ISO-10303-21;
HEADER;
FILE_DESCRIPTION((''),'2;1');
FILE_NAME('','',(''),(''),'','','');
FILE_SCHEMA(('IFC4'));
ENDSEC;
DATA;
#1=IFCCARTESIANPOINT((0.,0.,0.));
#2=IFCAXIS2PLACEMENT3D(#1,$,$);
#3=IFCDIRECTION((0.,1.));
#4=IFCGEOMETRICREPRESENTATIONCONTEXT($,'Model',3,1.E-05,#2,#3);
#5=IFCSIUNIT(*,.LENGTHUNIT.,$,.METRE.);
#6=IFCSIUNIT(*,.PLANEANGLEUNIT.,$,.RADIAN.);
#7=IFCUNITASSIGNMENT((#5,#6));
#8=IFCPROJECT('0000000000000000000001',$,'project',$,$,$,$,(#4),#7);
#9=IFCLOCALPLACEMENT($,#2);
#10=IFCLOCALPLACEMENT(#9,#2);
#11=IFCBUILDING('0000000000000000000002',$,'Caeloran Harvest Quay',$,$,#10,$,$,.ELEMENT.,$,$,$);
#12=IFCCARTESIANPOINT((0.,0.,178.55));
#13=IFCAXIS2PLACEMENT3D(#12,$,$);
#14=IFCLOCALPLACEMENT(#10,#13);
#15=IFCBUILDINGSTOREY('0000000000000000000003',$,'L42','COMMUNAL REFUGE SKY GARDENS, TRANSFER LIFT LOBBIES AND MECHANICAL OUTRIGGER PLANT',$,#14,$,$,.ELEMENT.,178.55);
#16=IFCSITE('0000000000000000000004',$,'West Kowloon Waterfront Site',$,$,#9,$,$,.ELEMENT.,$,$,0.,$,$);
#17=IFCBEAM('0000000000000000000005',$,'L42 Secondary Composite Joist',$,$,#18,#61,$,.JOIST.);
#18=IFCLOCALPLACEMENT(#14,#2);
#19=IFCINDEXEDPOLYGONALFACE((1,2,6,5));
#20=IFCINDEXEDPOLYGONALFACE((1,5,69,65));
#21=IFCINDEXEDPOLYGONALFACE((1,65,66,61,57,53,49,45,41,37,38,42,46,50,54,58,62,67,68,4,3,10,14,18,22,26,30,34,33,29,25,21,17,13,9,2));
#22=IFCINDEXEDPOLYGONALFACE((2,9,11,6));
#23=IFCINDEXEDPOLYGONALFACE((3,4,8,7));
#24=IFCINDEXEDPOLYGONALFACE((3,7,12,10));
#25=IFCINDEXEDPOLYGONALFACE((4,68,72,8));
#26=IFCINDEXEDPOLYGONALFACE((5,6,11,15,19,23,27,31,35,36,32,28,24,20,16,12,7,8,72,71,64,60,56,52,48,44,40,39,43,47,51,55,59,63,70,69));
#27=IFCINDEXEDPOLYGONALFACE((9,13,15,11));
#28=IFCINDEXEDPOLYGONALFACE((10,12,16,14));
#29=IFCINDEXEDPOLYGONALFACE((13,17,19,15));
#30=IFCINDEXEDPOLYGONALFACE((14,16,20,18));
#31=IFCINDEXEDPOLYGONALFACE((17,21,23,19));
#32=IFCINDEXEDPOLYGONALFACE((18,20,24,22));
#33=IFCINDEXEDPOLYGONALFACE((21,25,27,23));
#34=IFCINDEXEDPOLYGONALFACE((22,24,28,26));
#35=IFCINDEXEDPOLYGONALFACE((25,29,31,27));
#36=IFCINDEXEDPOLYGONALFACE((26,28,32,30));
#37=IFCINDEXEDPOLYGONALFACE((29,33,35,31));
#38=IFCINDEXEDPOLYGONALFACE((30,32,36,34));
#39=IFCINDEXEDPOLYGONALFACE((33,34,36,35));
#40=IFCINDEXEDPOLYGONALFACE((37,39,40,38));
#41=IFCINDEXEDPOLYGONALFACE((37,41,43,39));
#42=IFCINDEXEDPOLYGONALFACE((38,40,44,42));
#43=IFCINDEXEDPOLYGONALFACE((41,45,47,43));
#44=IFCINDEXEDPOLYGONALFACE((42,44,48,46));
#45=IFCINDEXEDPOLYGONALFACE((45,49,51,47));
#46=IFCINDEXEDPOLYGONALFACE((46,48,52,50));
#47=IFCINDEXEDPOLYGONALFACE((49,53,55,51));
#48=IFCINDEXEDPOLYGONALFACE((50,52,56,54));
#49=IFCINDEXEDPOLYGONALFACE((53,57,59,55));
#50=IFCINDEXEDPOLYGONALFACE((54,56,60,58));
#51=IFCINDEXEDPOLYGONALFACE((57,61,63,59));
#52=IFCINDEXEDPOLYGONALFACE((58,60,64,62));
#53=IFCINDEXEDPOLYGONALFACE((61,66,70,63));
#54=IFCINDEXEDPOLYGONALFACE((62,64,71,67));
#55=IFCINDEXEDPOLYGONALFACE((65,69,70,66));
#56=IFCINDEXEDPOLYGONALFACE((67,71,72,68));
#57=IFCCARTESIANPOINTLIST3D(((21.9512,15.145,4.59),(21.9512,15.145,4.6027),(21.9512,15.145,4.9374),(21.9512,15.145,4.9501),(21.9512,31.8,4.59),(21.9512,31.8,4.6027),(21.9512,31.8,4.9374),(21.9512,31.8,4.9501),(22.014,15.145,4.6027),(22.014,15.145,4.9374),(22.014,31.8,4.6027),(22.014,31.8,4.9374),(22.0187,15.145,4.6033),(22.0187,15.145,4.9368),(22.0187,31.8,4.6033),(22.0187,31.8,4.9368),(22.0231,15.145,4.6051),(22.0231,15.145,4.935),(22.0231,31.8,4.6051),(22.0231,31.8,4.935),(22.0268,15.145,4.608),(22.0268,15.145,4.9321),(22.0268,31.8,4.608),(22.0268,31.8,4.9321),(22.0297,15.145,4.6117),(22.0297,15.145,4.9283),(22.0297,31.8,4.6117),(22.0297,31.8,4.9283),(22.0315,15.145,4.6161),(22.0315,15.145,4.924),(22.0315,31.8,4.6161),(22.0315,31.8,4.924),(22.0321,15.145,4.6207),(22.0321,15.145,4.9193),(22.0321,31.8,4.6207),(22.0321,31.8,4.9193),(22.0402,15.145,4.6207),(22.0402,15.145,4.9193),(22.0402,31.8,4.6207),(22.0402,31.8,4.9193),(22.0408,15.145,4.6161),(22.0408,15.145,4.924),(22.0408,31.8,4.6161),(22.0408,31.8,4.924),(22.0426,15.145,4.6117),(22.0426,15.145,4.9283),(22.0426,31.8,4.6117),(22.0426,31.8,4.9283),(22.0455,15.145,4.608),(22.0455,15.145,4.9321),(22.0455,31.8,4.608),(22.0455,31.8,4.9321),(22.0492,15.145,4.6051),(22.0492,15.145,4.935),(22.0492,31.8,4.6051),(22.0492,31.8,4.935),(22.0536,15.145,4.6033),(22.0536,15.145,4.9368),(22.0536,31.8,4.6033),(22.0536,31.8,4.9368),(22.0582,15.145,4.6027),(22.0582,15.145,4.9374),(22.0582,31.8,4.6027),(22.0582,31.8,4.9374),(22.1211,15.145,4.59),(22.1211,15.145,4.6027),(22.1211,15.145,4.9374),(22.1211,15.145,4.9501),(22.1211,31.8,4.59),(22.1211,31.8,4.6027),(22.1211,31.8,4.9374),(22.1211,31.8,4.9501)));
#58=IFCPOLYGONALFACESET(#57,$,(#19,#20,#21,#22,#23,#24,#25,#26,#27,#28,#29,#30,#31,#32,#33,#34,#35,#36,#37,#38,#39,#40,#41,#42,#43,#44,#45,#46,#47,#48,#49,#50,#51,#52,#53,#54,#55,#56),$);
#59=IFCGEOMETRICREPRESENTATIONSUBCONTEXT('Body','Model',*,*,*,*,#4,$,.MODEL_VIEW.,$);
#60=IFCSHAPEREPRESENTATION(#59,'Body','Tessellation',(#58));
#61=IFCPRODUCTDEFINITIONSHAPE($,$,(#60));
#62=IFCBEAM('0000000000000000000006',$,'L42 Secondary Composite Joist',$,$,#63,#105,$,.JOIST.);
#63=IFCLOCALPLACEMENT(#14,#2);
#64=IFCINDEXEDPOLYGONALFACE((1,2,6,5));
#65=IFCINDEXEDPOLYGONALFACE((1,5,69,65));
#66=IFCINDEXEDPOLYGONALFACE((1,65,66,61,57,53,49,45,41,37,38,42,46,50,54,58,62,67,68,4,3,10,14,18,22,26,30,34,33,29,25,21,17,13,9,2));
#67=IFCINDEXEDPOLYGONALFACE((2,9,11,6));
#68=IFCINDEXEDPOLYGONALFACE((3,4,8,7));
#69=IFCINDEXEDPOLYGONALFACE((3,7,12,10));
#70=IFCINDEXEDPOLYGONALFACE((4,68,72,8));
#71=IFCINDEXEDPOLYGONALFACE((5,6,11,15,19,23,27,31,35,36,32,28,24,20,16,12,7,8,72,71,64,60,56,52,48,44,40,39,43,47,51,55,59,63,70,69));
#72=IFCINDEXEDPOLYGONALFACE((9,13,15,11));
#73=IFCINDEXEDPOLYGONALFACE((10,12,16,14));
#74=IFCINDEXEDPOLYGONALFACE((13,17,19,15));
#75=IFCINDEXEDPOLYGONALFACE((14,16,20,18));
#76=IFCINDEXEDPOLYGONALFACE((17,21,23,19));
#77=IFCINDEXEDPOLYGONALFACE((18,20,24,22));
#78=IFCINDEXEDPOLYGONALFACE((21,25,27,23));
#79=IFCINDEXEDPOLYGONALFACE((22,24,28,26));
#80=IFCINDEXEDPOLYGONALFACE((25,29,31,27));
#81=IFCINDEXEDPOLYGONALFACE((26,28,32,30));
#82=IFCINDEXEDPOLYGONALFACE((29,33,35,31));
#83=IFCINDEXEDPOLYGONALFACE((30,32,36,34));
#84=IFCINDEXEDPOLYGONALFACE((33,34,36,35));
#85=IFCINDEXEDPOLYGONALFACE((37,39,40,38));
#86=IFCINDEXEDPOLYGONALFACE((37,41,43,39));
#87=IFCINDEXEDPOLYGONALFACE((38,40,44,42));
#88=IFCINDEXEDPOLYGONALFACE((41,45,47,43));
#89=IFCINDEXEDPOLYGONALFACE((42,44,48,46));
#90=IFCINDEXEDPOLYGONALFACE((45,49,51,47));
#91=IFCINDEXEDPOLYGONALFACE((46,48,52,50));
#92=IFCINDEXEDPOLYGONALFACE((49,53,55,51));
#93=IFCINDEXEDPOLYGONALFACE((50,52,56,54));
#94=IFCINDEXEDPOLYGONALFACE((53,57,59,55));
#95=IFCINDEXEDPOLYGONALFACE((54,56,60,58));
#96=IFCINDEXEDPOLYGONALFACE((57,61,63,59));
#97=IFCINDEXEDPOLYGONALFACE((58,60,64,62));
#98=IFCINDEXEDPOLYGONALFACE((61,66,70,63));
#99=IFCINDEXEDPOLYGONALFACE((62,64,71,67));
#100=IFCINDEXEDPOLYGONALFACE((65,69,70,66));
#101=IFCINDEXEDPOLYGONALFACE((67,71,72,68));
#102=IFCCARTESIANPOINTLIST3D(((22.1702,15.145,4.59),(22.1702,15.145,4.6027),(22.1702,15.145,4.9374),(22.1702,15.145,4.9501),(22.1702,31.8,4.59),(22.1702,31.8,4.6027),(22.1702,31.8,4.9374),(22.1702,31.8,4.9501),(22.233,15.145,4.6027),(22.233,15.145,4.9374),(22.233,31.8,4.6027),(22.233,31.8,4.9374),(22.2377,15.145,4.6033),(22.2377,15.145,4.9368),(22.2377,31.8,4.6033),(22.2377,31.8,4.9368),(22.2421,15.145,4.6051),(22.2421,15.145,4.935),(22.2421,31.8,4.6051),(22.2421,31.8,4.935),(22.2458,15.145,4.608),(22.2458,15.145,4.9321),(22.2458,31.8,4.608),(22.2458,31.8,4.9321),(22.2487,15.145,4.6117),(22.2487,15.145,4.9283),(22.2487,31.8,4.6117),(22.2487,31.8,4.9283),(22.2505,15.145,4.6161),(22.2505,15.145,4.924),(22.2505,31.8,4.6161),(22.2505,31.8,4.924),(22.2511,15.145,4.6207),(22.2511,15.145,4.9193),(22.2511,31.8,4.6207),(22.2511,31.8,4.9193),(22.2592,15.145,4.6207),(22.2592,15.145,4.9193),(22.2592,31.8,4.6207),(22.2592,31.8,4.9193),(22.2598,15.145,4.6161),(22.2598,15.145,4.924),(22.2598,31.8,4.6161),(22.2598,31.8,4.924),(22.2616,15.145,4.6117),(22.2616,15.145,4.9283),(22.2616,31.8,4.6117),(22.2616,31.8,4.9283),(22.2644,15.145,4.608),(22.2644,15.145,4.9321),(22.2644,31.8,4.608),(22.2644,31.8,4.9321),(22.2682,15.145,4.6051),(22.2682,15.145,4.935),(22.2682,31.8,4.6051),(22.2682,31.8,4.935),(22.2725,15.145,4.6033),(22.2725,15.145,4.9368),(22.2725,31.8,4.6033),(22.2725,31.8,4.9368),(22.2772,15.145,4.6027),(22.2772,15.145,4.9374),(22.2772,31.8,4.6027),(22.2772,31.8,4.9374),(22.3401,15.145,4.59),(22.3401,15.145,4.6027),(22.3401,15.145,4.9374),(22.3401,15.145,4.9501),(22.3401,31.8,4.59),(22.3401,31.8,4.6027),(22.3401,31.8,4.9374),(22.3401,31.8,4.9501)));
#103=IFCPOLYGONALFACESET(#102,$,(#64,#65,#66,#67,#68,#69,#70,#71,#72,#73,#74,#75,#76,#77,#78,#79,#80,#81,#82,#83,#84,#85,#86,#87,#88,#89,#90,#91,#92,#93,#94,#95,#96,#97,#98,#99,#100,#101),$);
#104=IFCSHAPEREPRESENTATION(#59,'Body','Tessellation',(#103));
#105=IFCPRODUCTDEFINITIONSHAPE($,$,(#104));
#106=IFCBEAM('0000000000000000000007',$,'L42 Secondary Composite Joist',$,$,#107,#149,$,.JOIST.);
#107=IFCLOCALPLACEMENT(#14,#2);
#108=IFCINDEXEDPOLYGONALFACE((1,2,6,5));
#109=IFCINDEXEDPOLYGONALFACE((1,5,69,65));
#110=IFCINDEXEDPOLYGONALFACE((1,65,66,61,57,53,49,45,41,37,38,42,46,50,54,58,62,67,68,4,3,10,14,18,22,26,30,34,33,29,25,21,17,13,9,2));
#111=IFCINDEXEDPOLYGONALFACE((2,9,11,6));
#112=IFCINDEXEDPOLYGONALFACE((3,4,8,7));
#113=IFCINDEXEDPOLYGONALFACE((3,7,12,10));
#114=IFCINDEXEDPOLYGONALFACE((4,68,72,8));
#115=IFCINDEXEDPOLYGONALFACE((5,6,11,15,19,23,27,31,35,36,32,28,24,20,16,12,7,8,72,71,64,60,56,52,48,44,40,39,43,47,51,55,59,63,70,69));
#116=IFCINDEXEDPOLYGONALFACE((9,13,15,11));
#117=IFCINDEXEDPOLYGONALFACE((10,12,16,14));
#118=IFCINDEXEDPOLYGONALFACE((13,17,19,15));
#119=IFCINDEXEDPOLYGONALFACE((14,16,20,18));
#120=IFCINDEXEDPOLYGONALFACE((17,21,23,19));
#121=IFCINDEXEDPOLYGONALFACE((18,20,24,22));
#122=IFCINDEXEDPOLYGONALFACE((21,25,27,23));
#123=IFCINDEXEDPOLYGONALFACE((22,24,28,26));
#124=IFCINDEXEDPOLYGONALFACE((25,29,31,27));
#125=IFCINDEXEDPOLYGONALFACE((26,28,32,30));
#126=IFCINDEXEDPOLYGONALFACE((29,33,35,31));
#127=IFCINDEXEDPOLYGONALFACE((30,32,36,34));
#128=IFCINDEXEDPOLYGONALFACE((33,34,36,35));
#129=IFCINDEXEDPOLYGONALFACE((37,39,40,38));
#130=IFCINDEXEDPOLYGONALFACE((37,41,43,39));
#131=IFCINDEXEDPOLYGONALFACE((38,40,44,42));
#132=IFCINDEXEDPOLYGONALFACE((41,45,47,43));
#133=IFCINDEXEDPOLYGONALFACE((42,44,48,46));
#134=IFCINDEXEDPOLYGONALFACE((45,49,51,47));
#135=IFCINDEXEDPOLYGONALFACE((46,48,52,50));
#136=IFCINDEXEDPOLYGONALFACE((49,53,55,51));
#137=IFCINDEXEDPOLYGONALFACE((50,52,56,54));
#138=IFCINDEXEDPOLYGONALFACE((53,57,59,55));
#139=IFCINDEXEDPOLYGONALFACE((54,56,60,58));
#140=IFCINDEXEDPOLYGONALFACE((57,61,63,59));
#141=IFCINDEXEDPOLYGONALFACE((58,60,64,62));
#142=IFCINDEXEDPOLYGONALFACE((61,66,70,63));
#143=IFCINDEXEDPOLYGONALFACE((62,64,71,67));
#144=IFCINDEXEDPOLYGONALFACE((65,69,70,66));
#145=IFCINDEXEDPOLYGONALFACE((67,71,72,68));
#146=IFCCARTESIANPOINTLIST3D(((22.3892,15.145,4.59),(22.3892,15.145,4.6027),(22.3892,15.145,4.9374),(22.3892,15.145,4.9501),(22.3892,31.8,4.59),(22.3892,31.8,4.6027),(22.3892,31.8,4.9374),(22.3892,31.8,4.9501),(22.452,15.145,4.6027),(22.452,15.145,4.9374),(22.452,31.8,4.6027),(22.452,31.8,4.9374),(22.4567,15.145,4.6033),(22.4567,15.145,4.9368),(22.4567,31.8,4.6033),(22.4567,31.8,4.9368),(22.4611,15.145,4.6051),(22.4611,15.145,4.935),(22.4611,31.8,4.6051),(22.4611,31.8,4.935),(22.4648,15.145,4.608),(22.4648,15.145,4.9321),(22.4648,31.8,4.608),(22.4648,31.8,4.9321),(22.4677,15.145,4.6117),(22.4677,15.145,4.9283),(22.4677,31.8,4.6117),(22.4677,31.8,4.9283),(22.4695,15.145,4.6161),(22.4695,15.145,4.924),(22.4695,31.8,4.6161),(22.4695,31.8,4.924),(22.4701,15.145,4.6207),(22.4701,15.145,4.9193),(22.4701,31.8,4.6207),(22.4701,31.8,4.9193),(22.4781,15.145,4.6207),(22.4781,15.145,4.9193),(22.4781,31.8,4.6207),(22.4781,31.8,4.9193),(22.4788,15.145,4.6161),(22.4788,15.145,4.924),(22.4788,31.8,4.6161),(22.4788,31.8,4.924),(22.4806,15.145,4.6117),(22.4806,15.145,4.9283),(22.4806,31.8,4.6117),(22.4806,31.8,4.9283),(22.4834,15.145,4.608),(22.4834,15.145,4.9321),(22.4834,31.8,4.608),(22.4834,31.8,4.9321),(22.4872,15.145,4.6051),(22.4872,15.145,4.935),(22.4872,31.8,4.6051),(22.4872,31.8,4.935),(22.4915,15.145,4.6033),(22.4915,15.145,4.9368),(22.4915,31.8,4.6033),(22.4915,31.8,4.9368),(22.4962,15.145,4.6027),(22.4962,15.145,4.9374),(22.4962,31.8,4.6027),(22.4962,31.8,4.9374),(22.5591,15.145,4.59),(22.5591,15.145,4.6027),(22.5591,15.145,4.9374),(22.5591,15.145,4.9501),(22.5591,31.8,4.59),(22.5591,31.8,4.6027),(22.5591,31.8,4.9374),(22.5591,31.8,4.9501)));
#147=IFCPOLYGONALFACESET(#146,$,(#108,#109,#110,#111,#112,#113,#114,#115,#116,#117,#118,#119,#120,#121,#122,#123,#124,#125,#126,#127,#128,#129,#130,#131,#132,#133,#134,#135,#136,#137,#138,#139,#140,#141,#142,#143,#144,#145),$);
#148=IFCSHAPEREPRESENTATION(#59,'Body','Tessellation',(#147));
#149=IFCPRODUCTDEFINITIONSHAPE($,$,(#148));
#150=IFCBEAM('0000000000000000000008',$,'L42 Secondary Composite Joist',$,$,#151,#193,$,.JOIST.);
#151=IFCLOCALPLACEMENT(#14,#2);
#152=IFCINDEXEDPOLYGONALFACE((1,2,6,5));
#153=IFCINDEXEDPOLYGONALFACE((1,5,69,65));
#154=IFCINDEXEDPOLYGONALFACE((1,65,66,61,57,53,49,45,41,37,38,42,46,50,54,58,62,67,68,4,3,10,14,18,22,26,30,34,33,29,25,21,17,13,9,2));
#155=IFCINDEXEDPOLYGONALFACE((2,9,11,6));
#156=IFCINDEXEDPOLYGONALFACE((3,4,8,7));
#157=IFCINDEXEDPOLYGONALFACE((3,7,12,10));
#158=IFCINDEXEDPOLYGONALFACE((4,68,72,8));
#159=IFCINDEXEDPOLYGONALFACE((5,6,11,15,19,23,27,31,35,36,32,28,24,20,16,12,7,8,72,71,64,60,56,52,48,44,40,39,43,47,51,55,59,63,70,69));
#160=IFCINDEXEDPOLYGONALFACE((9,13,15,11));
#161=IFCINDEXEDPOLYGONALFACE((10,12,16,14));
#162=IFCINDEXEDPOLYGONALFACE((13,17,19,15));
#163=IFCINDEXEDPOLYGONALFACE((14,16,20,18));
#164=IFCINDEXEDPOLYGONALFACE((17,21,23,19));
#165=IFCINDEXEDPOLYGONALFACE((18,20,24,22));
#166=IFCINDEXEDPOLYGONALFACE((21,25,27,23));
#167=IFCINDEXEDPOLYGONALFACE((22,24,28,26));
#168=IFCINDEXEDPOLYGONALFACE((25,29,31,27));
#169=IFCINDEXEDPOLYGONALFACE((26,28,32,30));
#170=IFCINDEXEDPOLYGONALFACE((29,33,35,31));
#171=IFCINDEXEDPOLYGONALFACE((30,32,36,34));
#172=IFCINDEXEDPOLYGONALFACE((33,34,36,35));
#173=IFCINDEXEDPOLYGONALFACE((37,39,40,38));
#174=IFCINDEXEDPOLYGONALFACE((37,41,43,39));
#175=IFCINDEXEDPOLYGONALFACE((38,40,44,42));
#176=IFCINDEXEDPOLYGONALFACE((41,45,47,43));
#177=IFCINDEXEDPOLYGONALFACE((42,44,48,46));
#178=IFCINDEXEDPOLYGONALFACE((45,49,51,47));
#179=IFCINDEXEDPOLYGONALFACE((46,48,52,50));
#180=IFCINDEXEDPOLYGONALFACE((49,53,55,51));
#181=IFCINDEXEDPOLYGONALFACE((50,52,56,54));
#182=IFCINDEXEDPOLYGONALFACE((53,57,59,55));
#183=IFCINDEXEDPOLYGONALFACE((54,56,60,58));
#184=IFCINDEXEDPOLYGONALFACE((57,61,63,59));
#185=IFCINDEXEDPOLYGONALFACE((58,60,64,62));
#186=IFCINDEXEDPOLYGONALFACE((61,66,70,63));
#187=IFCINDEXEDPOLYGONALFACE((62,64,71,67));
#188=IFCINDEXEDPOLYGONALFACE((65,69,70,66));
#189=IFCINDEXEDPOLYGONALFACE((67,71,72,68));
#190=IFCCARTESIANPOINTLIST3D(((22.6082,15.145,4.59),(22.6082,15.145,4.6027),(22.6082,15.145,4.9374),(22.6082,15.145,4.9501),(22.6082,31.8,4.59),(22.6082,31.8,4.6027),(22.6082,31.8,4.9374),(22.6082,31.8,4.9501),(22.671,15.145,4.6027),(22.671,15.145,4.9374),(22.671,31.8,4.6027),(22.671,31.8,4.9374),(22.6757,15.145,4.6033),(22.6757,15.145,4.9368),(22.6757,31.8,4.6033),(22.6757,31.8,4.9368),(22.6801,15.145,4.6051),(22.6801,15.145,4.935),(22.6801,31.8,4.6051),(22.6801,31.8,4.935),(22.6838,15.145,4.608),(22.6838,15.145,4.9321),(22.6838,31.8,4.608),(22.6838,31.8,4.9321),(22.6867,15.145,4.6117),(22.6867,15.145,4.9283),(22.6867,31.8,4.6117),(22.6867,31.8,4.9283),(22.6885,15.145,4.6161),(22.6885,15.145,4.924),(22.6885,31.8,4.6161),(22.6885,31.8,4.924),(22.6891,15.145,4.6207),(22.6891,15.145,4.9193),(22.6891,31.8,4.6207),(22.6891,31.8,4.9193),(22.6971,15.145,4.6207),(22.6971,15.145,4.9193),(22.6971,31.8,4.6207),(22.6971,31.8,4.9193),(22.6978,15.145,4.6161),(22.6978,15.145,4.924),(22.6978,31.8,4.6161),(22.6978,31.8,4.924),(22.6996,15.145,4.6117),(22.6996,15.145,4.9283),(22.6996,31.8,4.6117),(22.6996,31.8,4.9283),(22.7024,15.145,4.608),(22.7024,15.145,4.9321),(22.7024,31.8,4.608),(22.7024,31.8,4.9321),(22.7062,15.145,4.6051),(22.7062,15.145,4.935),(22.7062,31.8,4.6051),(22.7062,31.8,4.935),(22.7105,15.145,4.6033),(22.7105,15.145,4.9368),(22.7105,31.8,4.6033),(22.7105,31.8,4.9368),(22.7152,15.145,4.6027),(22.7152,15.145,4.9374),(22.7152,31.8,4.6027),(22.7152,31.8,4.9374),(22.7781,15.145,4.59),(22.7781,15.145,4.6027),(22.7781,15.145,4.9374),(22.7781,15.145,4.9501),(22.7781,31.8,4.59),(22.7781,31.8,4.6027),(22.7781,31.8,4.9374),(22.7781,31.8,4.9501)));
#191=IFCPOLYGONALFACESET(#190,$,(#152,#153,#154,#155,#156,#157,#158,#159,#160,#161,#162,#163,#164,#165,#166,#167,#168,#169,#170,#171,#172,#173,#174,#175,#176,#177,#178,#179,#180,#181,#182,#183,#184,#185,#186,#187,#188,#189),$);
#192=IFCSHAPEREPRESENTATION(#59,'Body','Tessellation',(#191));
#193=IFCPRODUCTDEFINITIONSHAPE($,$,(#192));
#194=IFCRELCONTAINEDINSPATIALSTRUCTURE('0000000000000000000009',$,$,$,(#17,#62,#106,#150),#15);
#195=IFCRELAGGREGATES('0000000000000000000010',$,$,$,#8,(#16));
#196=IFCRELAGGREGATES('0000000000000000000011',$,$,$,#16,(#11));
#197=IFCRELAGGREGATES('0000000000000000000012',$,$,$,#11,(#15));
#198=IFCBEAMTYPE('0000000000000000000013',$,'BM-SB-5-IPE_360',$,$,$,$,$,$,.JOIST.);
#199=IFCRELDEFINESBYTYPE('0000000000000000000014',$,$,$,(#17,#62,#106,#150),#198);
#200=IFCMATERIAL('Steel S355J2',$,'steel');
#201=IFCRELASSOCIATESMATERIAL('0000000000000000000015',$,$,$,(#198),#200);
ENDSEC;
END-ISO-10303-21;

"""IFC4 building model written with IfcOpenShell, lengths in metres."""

from ifc_helpers import new_model, si_unit, direction, frame, origin, origin_2d, place, context, subcontext, project, spatial, i_section, extrude, material, material_profile, profile_set, type_object, element, save


model = new_model("IFC4")

# Units and contexts
model_context = context("Model", 3, precision=1e-05, world=origin(), true_north=direction((0.0, 1.0)))
body_context = subcontext(model_context, "Body", "Model", "MODEL_VIEW")
ifc_project = project(units=[si_unit("LENGTHUNIT", "METRE"), si_unit("PLANEANGLEUNIT", "RADIAN")], contexts=[model_context])

# Site, building, storey
site_placement = place(None, origin())
site = spatial("IfcSite", under=ifc_project, at=site_placement, Name="West Kowloon Waterfront Site", CompositionType="ELEMENT", RefElevation=0.0)
building_placement = place(site_placement, origin())
building = spatial("IfcBuilding", under=site, at=building_placement, Name="Caeloran Harvest Quay", CompositionType="ELEMENT")
storey_placement = place(building_placement, frame((0.0, 0.0, 178.55)))
storey = spatial("IfcBuildingStorey", under=building, at=storey_placement, Name="L42", Description="COMMUNAL REFUGE SKY GARDENS, TRANSFER LIFT LOBBIES AND MECHANICAL OUTRIGGER PLANT", CompositionType="ELEMENT", Elevation=178.55)

# Beams
ifc_material_1 = material(Name="Steel S355J2", Category="steel")
ifc_material_profile_1 = material_profile(ifc_material_1, i_section(OverallWidth=0.1699, OverallDepth=0.3601, WebThickness=0.0081, FlangeThickness=0.0127, FilletRadius=0.0181, at=origin_2d()), Name="IPE 360")
ifc_profile_set_1 = profile_set([ifc_material_profile_1], Name="Steel S355J2")
beam_type_1 = type_object("IfcBeamType", Name="BM-SB-5-IPE_360", PredefinedType="JOIST", material=ifc_profile_set_1)
for number, where, z_axis, x_axis, name in (
    (1, (22.0361, 15.145, 4.77), (0.0, 1.0, 0.0), (-1.0, 0.0, 0.0), "L42 Secondary Composite Joist"),
    (2, (22.2551, 15.145, 4.77), (0.0, 1.0, 0.0), (-1.0, 0.0, 0.0), "L42 Secondary Composite Joist"),
    (3, (22.4741, 15.145, 4.77), (0.0, 1.0, 0.0), (-1.0, 0.0, 0.0), "L42 Secondary Composite Joist"),
    (4, (22.6931, 15.145, 4.77), (0.0, 1.0, 0.0), (-1.0, 0.0, 0.0), "L42 Secondary Composite Joist"),
):
    element("IfcBeam", number, at=place(storey_placement, frame(where, z_axis=z_axis, x_axis=x_axis)), inside=storey, type_object=beam_type_1, Name=name, PredefinedType="JOIST", context=body_context, shape_type="SweptSolid", body=[
        extrude(i_section(OverallWidth=0.1699, OverallDepth=0.3601, WebThickness=0.0081, FlangeThickness=0.0127, FilletRadius=0.0181, at=origin_2d()), origin(), (0.0, 0.0, 1.0), 16.655),
    ])

save(model, "model.ifc")
